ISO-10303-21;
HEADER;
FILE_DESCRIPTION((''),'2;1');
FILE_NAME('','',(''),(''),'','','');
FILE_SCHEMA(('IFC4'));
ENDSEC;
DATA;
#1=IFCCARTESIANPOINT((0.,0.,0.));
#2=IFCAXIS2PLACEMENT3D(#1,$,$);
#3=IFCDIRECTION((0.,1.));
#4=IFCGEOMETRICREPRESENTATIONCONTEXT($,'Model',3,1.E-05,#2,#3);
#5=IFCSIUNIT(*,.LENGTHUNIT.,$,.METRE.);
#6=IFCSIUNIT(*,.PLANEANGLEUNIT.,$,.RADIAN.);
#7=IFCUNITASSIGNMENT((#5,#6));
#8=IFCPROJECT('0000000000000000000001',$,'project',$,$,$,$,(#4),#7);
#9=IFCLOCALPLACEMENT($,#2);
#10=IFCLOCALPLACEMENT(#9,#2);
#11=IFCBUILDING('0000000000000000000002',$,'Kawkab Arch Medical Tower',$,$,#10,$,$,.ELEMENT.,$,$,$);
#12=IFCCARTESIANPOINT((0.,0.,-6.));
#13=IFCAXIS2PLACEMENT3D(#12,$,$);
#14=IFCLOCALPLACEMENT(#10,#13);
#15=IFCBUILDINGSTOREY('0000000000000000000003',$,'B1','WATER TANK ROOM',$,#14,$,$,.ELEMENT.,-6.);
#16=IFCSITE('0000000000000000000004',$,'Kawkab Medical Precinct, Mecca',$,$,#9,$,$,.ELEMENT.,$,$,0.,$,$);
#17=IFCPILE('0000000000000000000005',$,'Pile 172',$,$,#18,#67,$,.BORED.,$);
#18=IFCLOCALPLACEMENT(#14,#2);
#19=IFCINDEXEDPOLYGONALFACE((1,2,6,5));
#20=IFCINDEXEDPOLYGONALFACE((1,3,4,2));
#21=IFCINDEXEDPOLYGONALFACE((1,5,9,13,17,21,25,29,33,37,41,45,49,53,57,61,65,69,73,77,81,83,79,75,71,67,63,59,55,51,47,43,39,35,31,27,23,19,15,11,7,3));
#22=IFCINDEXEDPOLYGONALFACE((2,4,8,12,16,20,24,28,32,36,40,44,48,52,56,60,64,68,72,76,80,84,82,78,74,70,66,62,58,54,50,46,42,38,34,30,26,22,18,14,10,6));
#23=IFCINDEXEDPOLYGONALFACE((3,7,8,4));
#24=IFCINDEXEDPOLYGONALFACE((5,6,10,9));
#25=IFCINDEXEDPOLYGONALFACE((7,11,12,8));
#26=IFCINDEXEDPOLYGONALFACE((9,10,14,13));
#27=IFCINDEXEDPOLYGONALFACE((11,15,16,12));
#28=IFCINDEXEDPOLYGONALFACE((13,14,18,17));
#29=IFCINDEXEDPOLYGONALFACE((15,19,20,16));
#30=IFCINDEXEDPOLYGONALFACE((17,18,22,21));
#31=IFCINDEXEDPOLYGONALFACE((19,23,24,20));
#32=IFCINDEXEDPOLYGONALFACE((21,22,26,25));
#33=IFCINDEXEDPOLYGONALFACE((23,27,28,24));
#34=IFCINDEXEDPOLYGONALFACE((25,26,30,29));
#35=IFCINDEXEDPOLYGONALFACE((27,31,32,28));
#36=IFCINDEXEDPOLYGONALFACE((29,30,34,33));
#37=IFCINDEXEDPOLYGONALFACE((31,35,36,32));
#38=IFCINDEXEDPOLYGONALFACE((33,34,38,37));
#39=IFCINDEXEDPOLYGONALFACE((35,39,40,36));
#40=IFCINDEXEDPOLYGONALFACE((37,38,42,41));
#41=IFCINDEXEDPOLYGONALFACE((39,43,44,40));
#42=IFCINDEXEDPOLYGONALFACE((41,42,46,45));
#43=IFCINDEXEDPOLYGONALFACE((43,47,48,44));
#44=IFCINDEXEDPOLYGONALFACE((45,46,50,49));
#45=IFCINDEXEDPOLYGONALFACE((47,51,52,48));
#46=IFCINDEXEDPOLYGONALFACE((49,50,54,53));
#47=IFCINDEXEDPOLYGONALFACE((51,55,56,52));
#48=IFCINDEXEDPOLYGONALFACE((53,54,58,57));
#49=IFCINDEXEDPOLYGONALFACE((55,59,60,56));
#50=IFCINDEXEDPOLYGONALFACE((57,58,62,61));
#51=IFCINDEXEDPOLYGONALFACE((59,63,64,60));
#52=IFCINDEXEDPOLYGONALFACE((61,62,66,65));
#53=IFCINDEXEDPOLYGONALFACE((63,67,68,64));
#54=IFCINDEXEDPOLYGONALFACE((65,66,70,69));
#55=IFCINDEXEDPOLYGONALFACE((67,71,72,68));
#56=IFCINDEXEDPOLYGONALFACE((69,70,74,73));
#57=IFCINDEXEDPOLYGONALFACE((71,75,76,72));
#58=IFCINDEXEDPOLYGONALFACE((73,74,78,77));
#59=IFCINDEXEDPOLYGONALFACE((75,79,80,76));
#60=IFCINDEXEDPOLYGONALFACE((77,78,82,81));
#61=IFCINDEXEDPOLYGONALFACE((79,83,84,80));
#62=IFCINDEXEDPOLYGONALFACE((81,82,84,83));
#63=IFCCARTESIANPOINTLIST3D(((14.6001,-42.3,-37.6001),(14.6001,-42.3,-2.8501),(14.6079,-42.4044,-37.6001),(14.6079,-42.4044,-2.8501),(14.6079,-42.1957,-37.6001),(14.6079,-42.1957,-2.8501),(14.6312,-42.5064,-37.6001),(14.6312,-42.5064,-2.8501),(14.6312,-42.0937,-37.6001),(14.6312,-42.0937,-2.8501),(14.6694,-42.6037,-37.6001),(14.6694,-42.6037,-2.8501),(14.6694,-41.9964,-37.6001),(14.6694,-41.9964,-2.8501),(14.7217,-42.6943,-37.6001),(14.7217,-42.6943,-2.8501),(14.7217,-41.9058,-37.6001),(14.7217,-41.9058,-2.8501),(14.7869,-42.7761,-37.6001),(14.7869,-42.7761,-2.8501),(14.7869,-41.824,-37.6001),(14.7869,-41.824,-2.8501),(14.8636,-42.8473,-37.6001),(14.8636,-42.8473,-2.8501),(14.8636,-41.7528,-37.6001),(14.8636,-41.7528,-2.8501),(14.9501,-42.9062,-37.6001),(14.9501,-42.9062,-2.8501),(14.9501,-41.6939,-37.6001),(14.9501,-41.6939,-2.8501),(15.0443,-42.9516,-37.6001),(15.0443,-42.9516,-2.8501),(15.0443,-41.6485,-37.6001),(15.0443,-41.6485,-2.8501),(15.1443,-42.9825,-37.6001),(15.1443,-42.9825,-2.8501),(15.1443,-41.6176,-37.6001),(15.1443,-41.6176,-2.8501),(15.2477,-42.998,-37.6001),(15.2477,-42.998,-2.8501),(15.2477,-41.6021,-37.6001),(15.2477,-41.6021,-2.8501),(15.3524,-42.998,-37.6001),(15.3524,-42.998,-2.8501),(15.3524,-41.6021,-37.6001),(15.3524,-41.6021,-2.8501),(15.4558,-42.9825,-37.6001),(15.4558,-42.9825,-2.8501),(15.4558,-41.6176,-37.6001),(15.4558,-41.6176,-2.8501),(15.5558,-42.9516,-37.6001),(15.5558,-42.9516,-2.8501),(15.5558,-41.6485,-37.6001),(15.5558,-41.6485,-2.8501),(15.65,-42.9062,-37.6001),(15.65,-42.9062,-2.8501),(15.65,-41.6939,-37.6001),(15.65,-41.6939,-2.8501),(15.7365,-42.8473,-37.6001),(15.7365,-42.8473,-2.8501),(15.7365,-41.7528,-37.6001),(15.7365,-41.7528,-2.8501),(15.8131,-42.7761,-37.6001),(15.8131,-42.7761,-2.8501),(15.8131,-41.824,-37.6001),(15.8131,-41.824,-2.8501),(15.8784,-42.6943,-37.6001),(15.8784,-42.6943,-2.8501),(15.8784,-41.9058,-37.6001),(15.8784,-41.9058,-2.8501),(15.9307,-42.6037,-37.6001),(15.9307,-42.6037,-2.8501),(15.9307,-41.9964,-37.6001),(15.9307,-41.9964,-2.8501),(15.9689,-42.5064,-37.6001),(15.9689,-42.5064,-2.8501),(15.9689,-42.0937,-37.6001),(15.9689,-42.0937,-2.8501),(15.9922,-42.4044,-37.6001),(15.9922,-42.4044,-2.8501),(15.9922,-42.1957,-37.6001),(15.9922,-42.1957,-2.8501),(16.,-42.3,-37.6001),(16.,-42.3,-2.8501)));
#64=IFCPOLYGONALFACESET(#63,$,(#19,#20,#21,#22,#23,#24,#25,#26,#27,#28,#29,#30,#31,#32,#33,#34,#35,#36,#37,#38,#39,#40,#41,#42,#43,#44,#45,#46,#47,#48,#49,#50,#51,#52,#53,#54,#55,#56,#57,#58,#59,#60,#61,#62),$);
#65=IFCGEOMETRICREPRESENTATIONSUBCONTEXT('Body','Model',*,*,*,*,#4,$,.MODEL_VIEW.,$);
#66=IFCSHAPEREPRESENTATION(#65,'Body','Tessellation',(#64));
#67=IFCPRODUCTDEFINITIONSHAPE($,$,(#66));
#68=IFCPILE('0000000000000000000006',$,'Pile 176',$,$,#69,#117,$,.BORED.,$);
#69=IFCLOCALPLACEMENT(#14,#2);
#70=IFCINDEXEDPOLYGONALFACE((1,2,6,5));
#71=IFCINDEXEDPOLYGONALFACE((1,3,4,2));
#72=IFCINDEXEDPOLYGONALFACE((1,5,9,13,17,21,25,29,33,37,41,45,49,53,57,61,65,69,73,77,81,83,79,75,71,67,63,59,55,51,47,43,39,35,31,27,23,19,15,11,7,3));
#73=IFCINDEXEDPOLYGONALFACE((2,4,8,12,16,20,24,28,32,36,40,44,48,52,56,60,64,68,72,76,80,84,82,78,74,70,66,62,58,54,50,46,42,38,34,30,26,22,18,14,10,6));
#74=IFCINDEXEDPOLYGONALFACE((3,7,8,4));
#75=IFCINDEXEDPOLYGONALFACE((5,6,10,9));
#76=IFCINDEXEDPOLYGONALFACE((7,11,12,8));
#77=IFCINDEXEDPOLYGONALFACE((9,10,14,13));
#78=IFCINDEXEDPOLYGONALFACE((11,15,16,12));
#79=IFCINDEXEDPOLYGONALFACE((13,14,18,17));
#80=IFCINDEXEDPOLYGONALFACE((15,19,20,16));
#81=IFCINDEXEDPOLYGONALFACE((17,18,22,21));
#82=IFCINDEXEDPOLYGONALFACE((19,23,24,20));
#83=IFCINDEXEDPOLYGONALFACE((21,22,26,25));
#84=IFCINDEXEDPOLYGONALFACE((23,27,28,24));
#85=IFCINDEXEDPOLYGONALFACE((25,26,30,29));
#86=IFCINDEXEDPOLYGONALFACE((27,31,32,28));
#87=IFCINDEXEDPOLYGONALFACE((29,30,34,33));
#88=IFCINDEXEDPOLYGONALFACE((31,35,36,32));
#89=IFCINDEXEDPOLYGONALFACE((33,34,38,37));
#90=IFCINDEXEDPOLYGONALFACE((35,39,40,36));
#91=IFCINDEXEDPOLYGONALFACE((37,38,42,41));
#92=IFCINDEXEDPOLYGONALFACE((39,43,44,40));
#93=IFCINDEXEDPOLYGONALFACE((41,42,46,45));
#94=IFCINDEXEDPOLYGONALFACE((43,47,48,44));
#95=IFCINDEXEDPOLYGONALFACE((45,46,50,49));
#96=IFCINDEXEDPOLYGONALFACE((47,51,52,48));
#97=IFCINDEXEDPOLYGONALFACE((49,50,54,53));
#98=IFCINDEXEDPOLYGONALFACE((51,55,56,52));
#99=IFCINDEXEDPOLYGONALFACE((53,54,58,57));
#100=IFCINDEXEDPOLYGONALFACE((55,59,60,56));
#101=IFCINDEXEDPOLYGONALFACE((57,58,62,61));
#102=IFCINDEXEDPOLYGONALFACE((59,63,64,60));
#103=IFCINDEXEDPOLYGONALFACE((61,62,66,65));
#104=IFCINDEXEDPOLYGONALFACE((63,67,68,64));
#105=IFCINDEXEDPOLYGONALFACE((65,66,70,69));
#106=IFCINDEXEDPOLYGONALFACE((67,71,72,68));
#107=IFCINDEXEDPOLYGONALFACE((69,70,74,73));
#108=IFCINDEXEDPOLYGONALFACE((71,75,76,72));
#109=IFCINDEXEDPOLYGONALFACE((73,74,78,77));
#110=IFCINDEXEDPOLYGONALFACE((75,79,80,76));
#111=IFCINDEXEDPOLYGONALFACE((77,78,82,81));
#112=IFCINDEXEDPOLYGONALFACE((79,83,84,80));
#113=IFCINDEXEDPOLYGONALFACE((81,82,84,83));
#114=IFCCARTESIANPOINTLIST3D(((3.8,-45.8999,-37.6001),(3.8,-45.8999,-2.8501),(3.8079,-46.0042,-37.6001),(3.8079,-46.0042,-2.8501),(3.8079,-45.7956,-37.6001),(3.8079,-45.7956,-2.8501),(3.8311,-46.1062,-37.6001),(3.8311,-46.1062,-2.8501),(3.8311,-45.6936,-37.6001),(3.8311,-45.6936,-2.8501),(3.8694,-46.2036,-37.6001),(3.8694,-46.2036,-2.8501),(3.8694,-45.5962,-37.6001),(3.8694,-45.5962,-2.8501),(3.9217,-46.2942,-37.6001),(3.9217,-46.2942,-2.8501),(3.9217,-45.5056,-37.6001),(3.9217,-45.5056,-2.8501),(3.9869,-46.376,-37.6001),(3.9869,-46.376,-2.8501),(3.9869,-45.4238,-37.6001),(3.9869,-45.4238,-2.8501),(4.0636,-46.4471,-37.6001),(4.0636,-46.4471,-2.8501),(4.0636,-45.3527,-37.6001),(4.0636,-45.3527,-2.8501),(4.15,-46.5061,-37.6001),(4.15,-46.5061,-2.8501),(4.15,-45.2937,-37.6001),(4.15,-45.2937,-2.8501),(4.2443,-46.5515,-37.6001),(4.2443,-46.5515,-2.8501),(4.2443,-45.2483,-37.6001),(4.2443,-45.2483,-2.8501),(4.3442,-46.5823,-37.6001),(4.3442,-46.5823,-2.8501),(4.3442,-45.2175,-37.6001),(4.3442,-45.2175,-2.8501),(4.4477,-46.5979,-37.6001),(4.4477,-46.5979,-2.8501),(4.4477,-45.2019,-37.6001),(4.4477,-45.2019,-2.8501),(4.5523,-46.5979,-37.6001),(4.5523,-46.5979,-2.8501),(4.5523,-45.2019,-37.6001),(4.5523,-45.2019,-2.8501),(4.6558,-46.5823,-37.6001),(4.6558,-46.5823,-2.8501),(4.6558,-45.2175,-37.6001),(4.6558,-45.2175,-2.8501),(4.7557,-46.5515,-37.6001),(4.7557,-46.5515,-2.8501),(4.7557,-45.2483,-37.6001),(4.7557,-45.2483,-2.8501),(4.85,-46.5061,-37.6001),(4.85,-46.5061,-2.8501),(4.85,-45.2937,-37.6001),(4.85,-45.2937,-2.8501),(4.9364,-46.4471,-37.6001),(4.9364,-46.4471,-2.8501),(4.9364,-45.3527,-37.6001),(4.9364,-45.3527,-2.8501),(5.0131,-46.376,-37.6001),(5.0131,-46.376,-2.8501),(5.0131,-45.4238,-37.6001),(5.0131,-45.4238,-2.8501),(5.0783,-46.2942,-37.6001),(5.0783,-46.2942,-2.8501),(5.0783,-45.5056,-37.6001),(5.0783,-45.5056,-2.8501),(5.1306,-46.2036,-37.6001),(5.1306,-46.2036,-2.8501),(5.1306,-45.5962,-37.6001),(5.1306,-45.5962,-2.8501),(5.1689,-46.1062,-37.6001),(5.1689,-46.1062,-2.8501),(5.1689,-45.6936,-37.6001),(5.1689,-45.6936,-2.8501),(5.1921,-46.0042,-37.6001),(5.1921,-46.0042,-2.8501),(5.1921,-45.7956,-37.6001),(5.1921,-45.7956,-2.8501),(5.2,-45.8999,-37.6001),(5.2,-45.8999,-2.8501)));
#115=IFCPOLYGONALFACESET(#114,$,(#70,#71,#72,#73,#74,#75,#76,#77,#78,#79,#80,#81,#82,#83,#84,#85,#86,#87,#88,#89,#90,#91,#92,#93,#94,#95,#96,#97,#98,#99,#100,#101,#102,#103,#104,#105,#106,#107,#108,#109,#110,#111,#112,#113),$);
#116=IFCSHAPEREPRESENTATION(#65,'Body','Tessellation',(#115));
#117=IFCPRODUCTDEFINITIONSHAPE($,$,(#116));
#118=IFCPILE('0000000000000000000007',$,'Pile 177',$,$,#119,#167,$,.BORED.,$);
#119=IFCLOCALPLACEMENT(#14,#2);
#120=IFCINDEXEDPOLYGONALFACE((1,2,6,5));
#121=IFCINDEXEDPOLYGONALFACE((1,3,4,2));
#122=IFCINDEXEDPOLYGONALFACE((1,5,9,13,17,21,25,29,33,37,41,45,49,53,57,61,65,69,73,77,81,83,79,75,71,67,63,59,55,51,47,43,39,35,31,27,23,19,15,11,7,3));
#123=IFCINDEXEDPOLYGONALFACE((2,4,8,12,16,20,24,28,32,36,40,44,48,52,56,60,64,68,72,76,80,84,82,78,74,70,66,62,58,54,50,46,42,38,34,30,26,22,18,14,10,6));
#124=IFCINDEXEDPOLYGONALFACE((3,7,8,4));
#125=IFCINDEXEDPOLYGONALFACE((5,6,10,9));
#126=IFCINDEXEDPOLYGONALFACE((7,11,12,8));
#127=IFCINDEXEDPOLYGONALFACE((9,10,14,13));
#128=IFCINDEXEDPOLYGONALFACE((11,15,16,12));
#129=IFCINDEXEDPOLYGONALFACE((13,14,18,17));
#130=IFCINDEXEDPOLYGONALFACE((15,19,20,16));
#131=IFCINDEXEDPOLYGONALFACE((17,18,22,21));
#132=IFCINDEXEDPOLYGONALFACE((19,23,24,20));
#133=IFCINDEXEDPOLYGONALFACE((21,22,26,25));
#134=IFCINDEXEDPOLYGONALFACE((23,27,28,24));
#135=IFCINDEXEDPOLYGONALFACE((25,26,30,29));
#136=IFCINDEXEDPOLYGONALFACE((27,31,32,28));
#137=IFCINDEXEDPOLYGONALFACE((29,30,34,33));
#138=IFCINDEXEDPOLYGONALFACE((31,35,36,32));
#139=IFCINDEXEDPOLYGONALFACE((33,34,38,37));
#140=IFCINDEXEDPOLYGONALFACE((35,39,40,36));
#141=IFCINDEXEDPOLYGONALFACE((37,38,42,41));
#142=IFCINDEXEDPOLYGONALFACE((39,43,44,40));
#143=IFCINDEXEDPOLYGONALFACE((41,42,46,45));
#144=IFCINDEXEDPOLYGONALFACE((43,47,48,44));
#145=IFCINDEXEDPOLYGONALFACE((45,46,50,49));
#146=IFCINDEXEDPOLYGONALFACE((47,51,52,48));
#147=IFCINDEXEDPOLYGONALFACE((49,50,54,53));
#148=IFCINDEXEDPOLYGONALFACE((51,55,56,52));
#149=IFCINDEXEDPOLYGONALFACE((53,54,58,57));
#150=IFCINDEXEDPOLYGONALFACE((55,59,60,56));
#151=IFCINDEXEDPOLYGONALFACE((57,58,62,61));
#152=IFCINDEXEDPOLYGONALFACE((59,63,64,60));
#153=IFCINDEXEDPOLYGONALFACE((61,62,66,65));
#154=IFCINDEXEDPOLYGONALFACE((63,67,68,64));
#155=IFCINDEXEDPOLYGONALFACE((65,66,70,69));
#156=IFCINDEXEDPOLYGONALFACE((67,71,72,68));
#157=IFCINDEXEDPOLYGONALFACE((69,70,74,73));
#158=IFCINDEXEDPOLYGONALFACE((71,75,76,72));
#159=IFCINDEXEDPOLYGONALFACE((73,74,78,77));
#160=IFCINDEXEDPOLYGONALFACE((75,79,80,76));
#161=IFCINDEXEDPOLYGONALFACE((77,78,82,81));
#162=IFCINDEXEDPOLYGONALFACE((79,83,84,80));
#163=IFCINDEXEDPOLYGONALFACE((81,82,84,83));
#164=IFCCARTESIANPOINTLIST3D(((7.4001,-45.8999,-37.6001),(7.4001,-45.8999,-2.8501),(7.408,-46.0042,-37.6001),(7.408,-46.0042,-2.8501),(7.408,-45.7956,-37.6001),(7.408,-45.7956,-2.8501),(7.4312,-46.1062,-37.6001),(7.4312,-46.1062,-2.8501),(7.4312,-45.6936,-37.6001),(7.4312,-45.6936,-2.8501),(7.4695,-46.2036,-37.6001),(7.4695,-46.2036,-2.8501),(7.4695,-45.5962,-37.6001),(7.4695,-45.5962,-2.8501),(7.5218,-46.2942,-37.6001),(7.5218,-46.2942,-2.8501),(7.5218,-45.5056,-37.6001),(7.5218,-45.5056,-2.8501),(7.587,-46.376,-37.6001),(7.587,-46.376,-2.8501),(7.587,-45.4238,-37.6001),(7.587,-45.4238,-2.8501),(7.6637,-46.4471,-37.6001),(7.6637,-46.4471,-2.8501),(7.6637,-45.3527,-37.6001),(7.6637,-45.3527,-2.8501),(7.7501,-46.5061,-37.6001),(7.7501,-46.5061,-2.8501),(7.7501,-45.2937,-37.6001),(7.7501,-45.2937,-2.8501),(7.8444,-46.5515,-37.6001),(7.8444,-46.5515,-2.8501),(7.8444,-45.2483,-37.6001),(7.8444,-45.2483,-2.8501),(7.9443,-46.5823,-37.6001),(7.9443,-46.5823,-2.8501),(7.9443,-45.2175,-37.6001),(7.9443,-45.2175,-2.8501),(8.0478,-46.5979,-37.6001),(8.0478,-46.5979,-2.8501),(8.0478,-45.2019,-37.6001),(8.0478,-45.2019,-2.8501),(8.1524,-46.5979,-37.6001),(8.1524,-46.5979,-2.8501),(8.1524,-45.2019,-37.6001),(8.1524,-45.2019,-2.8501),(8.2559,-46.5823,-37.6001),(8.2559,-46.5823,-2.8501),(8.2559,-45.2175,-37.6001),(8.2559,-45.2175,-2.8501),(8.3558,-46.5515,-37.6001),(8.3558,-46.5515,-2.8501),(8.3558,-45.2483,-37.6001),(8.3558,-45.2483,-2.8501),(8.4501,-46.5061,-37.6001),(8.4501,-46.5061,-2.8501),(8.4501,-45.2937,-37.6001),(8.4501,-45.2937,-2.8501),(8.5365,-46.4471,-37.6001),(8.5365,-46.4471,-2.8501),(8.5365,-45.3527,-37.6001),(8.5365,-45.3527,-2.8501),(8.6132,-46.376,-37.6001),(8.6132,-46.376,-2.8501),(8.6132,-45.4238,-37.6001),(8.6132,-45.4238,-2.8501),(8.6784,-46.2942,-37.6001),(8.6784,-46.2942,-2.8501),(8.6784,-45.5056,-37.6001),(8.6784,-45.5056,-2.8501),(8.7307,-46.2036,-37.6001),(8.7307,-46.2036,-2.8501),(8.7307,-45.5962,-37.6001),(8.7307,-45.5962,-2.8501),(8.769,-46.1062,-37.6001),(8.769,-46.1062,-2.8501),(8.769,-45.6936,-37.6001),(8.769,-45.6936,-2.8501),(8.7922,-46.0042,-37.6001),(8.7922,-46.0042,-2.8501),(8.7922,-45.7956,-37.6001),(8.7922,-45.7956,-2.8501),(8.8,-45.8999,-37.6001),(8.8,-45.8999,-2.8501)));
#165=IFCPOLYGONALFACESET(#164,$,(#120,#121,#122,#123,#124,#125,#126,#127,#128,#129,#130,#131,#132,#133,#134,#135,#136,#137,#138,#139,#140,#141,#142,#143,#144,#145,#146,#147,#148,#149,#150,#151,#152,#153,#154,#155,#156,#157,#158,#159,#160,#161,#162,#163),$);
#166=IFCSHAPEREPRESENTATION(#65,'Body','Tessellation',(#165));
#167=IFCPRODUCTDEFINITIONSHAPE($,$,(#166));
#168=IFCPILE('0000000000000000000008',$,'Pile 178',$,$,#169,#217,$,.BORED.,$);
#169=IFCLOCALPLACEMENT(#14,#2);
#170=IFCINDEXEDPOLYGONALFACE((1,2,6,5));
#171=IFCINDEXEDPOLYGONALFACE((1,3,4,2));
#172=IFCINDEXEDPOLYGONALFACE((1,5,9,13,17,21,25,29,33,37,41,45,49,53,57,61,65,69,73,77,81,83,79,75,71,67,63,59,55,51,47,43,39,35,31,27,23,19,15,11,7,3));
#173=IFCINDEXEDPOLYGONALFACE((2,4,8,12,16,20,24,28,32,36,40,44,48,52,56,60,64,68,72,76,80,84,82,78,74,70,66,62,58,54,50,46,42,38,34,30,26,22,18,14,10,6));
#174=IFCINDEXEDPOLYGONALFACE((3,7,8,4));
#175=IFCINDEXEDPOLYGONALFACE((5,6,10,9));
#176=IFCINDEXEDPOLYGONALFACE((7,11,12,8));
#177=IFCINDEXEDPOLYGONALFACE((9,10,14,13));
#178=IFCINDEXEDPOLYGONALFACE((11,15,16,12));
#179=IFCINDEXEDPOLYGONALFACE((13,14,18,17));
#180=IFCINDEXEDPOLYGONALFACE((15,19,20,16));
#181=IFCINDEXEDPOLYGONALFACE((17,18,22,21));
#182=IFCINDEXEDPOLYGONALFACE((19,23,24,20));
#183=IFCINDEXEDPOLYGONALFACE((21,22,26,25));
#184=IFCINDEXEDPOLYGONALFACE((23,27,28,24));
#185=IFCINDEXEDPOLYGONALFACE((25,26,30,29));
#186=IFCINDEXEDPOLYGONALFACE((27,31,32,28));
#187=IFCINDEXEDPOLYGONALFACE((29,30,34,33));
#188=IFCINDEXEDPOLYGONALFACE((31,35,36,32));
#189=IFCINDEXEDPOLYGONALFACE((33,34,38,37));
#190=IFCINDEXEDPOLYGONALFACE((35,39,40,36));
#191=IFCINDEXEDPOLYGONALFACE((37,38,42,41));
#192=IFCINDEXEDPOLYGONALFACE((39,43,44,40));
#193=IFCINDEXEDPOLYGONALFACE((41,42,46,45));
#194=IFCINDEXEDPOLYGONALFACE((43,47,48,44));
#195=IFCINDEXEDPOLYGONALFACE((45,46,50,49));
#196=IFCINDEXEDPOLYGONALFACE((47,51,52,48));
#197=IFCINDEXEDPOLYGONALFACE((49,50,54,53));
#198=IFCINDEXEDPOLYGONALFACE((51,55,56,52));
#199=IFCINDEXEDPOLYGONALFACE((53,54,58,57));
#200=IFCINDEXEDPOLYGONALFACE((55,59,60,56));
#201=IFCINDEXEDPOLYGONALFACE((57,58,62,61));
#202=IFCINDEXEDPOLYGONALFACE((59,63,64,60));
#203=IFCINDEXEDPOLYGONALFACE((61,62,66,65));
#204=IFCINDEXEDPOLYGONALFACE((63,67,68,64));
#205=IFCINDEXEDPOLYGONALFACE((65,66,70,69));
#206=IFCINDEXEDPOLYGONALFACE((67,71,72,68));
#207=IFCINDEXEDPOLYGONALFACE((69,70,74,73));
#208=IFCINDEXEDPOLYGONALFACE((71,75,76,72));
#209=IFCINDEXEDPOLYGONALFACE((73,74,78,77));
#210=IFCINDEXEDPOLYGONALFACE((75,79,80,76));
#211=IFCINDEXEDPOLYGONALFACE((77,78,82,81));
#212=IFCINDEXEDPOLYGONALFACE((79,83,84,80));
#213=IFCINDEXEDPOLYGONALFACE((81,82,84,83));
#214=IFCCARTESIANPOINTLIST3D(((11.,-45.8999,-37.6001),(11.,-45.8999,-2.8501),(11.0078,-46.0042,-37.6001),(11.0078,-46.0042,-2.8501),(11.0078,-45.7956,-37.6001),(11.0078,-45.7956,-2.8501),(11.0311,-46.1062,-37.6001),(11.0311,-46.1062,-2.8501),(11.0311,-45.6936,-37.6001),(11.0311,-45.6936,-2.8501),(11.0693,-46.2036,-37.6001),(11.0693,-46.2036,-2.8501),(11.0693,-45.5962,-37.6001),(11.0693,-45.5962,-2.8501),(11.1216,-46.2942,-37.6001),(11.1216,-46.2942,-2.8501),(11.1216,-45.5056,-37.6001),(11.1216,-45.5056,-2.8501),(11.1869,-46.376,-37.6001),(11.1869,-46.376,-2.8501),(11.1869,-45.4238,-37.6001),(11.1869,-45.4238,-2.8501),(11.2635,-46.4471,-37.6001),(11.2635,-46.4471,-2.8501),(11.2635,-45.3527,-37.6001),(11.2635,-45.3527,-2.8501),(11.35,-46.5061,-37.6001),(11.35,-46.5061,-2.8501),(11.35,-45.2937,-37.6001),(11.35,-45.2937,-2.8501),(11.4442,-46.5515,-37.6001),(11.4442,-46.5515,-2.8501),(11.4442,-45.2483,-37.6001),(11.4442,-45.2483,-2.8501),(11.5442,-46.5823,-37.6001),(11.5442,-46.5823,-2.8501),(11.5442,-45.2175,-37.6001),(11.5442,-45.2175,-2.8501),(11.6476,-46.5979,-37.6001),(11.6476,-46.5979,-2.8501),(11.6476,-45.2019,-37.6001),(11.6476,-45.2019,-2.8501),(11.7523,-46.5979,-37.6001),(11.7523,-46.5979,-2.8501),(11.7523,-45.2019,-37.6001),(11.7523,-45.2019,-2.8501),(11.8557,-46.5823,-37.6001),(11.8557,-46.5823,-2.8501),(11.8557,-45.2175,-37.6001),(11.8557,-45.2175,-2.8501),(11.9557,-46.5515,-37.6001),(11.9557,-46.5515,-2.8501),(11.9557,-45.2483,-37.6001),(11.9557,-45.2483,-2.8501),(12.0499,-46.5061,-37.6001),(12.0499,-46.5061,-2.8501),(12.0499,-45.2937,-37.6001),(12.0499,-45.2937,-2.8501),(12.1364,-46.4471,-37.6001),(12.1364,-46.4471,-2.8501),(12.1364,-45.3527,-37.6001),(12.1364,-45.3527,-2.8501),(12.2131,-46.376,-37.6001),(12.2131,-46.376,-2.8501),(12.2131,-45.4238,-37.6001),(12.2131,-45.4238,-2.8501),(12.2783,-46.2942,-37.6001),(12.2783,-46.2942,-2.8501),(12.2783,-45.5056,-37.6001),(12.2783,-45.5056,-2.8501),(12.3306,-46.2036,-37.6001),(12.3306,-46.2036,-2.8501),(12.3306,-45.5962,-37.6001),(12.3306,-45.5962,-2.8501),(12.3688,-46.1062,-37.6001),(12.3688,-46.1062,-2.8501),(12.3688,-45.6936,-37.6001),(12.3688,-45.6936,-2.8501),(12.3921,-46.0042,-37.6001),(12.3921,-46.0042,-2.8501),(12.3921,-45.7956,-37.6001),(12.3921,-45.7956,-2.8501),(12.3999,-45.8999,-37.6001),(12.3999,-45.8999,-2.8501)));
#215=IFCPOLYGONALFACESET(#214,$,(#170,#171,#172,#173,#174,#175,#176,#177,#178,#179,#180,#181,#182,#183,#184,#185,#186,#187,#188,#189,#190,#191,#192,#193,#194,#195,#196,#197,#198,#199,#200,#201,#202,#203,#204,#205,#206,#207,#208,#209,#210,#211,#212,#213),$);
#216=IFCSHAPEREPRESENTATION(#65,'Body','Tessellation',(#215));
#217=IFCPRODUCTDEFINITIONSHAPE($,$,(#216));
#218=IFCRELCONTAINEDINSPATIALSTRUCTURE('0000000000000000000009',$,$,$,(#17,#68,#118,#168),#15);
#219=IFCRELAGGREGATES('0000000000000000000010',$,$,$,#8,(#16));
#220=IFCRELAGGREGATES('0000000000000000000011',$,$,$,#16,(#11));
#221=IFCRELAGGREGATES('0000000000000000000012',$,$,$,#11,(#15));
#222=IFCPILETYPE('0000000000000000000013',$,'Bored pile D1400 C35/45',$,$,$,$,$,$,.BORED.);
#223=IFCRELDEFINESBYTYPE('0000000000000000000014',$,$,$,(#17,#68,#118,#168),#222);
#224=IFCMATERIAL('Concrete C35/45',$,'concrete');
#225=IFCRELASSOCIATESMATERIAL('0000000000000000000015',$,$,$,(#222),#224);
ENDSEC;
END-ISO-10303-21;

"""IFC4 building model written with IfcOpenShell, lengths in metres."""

from ifc_helpers import new_model, si_unit, direction, frame, origin, origin_2d, place, context, subcontext, project, spatial, circle, extrude, material, material_profile, profile_set, type_object, element, save


model = new_model("IFC4")

# Units and contexts
model_context = context("Model", 3, precision=1e-05, world=origin(), true_north=direction((0.0, 1.0)))
body_context = subcontext(model_context, "Body", "Model", "MODEL_VIEW")
ifc_project = project(units=[si_unit("LENGTHUNIT", "METRE"), si_unit("PLANEANGLEUNIT", "RADIAN")], contexts=[model_context])

# Site, building, storey
site_placement = place(None, origin())
site = spatial("IfcSite", under=ifc_project, at=site_placement, Name="Kawkab Medical Precinct, Mecca", CompositionType="ELEMENT", RefElevation=0.0)
building_placement = place(site_placement, origin())
building = spatial("IfcBuilding", under=site, at=building_placement, Name="Kawkab Arch Medical Tower", CompositionType="ELEMENT")
storey_placement = place(building_placement, frame((0.0, 0.0, -6.0)))
storey = spatial("IfcBuildingStorey", under=building, at=storey_placement, Name="B1", Description="WATER TANK ROOM", CompositionType="ELEMENT", Elevation=-6.0)

# Piles
ifc_material_1 = material(Name="Concrete C35/45", Category="concrete")
ifc_material_profile_1 = material_profile(ifc_material_1, circle(Radius=0.7, at=origin_2d()), Name="Bored pile D1400")
ifc_profile_set_1 = profile_set([ifc_material_profile_1], Name="Concrete C35/45")
pile_type = type_object("IfcPileType", Name="Bored pile D1400 C35/45", PredefinedType="BORED", material=ifc_profile_set_1)
for number, where, z_axis, x_axis, name in (
    (1, (15.3, -42.3, -2.8501), (0.0, 0.0, -1.0), (1.0, 0.0, 0.0), "Pile 172"),
    (2, (4.5, -45.8999, -2.8501), (0.0, 0.0, -1.0), (1.0, 0.0, 0.0), "Pile 176"),
    (3, (8.1001, -45.8999, -2.8501), (0.0, 0.0, -1.0), (1.0, 0.0, 0.0), "Pile 177"),
    (4, (11.7, -45.8999, -2.8501), (0.0, 0.0, -1.0), (1.0, 0.0, 0.0), "Pile 178"),
):
    element("IfcPile", number, at=place(storey_placement, frame(where, z_axis=z_axis, x_axis=x_axis)), inside=storey, type_object=pile_type, Name=name, PredefinedType="BORED", context=body_context, shape_type="SweptSolid", body=[
        extrude(circle(Radius=0.7, at=origin_2d()), origin(), (0.0, 0.0, 1.0), 34.75),
    ])

save(model, "model.ifc")
